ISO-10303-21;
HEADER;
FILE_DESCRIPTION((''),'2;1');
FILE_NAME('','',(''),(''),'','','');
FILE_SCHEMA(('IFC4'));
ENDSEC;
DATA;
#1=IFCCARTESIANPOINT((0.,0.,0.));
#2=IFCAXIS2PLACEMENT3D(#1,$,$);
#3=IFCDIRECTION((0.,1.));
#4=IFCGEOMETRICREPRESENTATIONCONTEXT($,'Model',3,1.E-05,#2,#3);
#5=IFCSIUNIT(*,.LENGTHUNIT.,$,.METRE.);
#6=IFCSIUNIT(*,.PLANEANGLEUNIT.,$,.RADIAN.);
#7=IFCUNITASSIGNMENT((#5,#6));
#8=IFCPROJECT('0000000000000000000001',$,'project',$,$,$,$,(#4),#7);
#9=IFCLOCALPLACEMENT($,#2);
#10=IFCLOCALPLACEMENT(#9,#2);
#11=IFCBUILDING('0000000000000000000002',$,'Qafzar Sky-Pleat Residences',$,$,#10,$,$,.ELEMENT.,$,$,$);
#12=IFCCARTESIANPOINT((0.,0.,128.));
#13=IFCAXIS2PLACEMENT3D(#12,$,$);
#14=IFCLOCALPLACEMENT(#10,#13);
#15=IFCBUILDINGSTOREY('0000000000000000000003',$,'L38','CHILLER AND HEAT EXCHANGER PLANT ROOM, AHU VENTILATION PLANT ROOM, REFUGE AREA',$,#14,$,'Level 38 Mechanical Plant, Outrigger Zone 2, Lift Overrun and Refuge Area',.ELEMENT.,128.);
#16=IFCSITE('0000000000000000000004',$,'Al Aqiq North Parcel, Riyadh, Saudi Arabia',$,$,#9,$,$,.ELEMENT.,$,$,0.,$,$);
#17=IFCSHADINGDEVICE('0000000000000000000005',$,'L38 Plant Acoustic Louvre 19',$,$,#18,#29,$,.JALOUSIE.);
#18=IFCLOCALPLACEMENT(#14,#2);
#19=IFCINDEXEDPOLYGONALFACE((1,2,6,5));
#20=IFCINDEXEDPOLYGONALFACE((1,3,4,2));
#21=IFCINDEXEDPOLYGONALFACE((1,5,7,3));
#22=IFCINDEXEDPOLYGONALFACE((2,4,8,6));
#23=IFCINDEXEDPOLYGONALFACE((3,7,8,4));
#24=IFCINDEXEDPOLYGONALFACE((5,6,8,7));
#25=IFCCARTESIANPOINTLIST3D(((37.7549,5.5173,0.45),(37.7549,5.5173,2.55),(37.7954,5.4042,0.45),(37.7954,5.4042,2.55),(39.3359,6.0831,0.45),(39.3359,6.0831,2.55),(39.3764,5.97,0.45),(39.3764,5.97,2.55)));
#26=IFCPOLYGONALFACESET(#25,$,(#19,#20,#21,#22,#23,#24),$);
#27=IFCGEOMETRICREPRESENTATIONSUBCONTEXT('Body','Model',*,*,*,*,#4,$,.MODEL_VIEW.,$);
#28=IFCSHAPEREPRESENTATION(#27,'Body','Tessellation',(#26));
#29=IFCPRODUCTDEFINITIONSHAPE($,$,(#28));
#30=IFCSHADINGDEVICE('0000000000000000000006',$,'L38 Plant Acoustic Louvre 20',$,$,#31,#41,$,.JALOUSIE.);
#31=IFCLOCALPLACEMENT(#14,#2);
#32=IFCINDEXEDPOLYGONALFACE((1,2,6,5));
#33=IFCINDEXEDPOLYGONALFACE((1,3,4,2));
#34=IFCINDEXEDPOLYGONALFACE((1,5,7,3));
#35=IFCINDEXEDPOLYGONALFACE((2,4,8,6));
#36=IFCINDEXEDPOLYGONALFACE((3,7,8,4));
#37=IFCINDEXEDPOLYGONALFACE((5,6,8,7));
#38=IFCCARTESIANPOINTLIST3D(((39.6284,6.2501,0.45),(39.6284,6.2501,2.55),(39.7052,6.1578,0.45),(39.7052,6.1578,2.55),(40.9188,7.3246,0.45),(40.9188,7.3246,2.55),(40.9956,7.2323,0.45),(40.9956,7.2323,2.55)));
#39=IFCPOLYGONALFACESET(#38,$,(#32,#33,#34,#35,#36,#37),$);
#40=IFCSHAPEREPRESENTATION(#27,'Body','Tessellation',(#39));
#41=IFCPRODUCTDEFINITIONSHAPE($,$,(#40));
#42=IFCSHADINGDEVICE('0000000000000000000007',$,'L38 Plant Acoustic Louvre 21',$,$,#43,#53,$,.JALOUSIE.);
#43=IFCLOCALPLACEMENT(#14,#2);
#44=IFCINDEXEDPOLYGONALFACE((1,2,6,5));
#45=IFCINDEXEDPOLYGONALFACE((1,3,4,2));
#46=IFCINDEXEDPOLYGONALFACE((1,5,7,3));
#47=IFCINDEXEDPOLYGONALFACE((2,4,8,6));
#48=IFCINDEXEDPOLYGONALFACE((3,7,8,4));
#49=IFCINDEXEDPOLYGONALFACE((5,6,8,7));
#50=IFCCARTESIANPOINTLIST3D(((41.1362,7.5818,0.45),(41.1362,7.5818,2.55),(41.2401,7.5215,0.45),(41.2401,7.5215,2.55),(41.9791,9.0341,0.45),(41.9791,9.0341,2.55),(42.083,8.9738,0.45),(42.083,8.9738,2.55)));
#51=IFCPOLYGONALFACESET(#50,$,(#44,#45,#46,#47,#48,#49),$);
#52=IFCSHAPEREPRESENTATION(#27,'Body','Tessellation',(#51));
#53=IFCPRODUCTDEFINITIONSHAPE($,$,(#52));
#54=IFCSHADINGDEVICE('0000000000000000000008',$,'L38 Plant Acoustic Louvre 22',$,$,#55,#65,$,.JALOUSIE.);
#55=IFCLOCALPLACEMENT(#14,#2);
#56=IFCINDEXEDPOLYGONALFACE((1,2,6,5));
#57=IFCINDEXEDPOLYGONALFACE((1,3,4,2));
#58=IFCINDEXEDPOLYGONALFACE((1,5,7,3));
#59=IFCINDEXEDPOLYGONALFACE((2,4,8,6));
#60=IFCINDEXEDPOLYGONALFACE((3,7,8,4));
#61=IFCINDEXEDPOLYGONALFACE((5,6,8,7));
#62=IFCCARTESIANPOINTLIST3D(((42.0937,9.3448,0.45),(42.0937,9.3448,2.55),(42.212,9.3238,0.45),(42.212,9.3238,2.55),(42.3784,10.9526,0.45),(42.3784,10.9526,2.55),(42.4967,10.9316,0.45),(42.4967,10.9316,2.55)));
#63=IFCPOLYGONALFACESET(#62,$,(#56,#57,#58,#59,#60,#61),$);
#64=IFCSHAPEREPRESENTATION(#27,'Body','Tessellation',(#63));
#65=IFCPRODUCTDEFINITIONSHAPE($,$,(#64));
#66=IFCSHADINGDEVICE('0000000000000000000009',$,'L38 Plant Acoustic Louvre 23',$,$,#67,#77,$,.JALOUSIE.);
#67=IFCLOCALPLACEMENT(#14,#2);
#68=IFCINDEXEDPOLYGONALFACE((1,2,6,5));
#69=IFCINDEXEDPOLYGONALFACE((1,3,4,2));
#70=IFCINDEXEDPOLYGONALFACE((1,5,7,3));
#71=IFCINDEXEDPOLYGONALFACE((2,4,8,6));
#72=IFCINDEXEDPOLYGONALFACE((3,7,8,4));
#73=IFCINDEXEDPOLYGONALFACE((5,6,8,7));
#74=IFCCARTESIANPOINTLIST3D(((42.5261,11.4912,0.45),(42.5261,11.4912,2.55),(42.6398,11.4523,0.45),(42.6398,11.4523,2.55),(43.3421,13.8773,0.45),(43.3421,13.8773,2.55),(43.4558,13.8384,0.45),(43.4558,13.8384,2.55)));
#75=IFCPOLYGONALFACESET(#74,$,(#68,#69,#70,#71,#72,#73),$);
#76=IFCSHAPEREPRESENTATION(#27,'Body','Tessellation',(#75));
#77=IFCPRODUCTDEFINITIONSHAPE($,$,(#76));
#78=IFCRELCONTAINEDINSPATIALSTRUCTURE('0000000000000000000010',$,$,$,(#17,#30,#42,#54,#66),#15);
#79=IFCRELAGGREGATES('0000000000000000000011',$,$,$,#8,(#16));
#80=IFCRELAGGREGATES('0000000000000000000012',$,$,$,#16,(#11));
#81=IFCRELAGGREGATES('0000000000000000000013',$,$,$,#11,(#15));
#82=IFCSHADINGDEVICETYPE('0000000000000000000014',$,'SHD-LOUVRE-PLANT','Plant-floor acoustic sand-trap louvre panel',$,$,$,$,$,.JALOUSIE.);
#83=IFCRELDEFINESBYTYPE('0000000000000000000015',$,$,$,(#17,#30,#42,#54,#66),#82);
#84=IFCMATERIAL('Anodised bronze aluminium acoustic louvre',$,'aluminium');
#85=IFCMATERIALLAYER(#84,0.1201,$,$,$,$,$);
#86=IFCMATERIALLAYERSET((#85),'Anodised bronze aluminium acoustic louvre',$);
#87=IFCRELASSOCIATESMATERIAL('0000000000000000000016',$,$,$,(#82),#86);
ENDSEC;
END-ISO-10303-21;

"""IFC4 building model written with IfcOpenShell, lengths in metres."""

from ifc_helpers import new_model, si_unit, direction, frame, origin, origin_2d, place, context, subcontext, project, spatial, rectangle, extrude, source, transform, mapped, material, layer, layer_set, type_object, element, save


model = new_model("IFC4")

# Units and contexts
model_context = context("Model", 3, precision=1e-05, world=origin(), true_north=direction((0.0, 1.0)))
body_context = subcontext(model_context, "Body", "Model", "MODEL_VIEW")
ifc_project = project(units=[si_unit("LENGTHUNIT", "METRE"), si_unit("PLANEANGLEUNIT", "RADIAN")], contexts=[model_context])

# Site, building, storey
site_placement = place(None, origin())
site = spatial("IfcSite", under=ifc_project, at=site_placement, Name="Al Aqiq North Parcel, Riyadh, Saudi Arabia", CompositionType="ELEMENT", RefElevation=0.0)
building_placement = place(site_placement, origin())
building = spatial("IfcBuilding", under=site, at=building_placement, Name="Qafzar Sky-Pleat Residences", CompositionType="ELEMENT")
storey_placement = place(building_placement, frame((0.0, 0.0, 128.0)))
storey = spatial("IfcBuildingStorey", under=building, at=storey_placement, Name="L38", Description="CHILLER AND HEAT EXCHANGER PLANT ROOM, AHU VENTILATION PLANT ROOM, REFUGE AREA", LongName="Level 38 Mechanical Plant, Outrigger Zone 2, Lift Overrun and Refuge Area", CompositionType="ELEMENT", Elevation=128.0)

# Shading devices
ifc_material_1 = material(Name="Anodised bronze aluminium acoustic louvre", Category="aluminium")
ifc_layer_1 = layer(ifc_material_1, 0.1201)
ifc_layer_set_1 = layer_set([ifc_layer_1], Name="Anodised bronze aluminium acoustic louvre")
shading_device_type = type_object("IfcShadingDeviceType", Name="SHD-LOUVRE-PLANT", Description="Plant-floor acoustic sand-trap louvre panel", PredefinedType="JALOUSIE", material=ifc_layer_set_1)
shared_shape_1 = source(origin(), body_context, "Body", "SweptSolid", [
    extrude(rectangle(XDim=1.6792, YDim=0.1201, at=origin_2d()), origin(), (0.0, 0.0, 1.0), 2.1001),
])
for number, where, z_axis, x_axis, name in (
    (1, (38.5657, 5.7437, 0.45), (0.0, 0.0, 1.0), (0.941519, 0.336961, 0.0), "L38 Plant Acoustic Louvre 19"),
    (2, (40.312, 6.7412, 0.45), (0.0, 0.0, 1.0), (0.768467, 0.639889, 0.0), "L38 Plant Acoustic Louvre 20"),
    (3, (41.6096, 8.2778, 0.45), (0.0, 0.0, 1.0), (0.501977, 0.864881, 0.0), "L38 Plant Acoustic Louvre 21"),
):
    element("IfcShadingDevice", number, at=place(storey_placement, frame(where, z_axis=z_axis, x_axis=x_axis)), inside=storey, type_object=shading_device_type, Name=name, PredefinedType="JALOUSIE", context=body_context, shape_type="MappedRepresentation", body=[
        mapped(shared_shape_1, transform((0.0, 0.0, 0.0), x_axis=(1.0, 0.0, 0.0), y_axis=(0.0, 1.0, 0.0), z_axis=(0.0, 0.0, 1.0), scale=1.0)),
    ])
shared_shape_2 = source(origin(), body_context, "Body", "SweptSolid", [
    extrude(rectangle(XDim=1.6328, YDim=0.1201, at=origin_2d()), origin(), (0.0, 0.0, 1.0), 2.1001),
])
shading_device_1_placement = place(storey_placement, frame((42.2952, 10.1382, 0.45), z_axis=(0.0, 0.0, 1.0), x_axis=(0.174361, 0.984682, 0.0)))
element("IfcShadingDevice", 4, at=shading_device_1_placement, inside=storey, type_object=shading_device_type, Name="L38 Plant Acoustic Louvre 22", PredefinedType="JALOUSIE", context=body_context, shape_type="MappedRepresentation", body=[
    mapped(shared_shape_2, transform((0.0, 0.0, 0.0), x_axis=(1.0, 0.0, 0.0), y_axis=(0.0, 1.0, 0.0), z_axis=(0.0, 0.0, 1.0), scale=1.0)),
])
shared_shape_3 = source(origin(), body_context, "Body", "SweptSolid", [
    extrude(rectangle(XDim=2.5217, YDim=0.1201, at=origin_2d()), origin(), (0.0, 0.0, 1.0), 2.1001),
])
shading_device_2_placement = place(storey_placement, frame((42.991, 12.6648, 0.45), z_axis=(0.0, 0.0, 1.0), x_axis=(0.323585, 0.946199, 0.0)))
element("IfcShadingDevice", 5, at=shading_device_2_placement, inside=storey, type_object=shading_device_type, Name="L38 Plant Acoustic Louvre 23", PredefinedType="JALOUSIE", context=body_context, shape_type="MappedRepresentation", body=[
    mapped(shared_shape_3, transform((0.0, 0.0, 0.0), x_axis=(1.0, 0.0, 0.0), y_axis=(0.0, 1.0, 0.0), z_axis=(0.0, 0.0, 1.0), scale=1.0)),
])

save(model, "model.ifc")
